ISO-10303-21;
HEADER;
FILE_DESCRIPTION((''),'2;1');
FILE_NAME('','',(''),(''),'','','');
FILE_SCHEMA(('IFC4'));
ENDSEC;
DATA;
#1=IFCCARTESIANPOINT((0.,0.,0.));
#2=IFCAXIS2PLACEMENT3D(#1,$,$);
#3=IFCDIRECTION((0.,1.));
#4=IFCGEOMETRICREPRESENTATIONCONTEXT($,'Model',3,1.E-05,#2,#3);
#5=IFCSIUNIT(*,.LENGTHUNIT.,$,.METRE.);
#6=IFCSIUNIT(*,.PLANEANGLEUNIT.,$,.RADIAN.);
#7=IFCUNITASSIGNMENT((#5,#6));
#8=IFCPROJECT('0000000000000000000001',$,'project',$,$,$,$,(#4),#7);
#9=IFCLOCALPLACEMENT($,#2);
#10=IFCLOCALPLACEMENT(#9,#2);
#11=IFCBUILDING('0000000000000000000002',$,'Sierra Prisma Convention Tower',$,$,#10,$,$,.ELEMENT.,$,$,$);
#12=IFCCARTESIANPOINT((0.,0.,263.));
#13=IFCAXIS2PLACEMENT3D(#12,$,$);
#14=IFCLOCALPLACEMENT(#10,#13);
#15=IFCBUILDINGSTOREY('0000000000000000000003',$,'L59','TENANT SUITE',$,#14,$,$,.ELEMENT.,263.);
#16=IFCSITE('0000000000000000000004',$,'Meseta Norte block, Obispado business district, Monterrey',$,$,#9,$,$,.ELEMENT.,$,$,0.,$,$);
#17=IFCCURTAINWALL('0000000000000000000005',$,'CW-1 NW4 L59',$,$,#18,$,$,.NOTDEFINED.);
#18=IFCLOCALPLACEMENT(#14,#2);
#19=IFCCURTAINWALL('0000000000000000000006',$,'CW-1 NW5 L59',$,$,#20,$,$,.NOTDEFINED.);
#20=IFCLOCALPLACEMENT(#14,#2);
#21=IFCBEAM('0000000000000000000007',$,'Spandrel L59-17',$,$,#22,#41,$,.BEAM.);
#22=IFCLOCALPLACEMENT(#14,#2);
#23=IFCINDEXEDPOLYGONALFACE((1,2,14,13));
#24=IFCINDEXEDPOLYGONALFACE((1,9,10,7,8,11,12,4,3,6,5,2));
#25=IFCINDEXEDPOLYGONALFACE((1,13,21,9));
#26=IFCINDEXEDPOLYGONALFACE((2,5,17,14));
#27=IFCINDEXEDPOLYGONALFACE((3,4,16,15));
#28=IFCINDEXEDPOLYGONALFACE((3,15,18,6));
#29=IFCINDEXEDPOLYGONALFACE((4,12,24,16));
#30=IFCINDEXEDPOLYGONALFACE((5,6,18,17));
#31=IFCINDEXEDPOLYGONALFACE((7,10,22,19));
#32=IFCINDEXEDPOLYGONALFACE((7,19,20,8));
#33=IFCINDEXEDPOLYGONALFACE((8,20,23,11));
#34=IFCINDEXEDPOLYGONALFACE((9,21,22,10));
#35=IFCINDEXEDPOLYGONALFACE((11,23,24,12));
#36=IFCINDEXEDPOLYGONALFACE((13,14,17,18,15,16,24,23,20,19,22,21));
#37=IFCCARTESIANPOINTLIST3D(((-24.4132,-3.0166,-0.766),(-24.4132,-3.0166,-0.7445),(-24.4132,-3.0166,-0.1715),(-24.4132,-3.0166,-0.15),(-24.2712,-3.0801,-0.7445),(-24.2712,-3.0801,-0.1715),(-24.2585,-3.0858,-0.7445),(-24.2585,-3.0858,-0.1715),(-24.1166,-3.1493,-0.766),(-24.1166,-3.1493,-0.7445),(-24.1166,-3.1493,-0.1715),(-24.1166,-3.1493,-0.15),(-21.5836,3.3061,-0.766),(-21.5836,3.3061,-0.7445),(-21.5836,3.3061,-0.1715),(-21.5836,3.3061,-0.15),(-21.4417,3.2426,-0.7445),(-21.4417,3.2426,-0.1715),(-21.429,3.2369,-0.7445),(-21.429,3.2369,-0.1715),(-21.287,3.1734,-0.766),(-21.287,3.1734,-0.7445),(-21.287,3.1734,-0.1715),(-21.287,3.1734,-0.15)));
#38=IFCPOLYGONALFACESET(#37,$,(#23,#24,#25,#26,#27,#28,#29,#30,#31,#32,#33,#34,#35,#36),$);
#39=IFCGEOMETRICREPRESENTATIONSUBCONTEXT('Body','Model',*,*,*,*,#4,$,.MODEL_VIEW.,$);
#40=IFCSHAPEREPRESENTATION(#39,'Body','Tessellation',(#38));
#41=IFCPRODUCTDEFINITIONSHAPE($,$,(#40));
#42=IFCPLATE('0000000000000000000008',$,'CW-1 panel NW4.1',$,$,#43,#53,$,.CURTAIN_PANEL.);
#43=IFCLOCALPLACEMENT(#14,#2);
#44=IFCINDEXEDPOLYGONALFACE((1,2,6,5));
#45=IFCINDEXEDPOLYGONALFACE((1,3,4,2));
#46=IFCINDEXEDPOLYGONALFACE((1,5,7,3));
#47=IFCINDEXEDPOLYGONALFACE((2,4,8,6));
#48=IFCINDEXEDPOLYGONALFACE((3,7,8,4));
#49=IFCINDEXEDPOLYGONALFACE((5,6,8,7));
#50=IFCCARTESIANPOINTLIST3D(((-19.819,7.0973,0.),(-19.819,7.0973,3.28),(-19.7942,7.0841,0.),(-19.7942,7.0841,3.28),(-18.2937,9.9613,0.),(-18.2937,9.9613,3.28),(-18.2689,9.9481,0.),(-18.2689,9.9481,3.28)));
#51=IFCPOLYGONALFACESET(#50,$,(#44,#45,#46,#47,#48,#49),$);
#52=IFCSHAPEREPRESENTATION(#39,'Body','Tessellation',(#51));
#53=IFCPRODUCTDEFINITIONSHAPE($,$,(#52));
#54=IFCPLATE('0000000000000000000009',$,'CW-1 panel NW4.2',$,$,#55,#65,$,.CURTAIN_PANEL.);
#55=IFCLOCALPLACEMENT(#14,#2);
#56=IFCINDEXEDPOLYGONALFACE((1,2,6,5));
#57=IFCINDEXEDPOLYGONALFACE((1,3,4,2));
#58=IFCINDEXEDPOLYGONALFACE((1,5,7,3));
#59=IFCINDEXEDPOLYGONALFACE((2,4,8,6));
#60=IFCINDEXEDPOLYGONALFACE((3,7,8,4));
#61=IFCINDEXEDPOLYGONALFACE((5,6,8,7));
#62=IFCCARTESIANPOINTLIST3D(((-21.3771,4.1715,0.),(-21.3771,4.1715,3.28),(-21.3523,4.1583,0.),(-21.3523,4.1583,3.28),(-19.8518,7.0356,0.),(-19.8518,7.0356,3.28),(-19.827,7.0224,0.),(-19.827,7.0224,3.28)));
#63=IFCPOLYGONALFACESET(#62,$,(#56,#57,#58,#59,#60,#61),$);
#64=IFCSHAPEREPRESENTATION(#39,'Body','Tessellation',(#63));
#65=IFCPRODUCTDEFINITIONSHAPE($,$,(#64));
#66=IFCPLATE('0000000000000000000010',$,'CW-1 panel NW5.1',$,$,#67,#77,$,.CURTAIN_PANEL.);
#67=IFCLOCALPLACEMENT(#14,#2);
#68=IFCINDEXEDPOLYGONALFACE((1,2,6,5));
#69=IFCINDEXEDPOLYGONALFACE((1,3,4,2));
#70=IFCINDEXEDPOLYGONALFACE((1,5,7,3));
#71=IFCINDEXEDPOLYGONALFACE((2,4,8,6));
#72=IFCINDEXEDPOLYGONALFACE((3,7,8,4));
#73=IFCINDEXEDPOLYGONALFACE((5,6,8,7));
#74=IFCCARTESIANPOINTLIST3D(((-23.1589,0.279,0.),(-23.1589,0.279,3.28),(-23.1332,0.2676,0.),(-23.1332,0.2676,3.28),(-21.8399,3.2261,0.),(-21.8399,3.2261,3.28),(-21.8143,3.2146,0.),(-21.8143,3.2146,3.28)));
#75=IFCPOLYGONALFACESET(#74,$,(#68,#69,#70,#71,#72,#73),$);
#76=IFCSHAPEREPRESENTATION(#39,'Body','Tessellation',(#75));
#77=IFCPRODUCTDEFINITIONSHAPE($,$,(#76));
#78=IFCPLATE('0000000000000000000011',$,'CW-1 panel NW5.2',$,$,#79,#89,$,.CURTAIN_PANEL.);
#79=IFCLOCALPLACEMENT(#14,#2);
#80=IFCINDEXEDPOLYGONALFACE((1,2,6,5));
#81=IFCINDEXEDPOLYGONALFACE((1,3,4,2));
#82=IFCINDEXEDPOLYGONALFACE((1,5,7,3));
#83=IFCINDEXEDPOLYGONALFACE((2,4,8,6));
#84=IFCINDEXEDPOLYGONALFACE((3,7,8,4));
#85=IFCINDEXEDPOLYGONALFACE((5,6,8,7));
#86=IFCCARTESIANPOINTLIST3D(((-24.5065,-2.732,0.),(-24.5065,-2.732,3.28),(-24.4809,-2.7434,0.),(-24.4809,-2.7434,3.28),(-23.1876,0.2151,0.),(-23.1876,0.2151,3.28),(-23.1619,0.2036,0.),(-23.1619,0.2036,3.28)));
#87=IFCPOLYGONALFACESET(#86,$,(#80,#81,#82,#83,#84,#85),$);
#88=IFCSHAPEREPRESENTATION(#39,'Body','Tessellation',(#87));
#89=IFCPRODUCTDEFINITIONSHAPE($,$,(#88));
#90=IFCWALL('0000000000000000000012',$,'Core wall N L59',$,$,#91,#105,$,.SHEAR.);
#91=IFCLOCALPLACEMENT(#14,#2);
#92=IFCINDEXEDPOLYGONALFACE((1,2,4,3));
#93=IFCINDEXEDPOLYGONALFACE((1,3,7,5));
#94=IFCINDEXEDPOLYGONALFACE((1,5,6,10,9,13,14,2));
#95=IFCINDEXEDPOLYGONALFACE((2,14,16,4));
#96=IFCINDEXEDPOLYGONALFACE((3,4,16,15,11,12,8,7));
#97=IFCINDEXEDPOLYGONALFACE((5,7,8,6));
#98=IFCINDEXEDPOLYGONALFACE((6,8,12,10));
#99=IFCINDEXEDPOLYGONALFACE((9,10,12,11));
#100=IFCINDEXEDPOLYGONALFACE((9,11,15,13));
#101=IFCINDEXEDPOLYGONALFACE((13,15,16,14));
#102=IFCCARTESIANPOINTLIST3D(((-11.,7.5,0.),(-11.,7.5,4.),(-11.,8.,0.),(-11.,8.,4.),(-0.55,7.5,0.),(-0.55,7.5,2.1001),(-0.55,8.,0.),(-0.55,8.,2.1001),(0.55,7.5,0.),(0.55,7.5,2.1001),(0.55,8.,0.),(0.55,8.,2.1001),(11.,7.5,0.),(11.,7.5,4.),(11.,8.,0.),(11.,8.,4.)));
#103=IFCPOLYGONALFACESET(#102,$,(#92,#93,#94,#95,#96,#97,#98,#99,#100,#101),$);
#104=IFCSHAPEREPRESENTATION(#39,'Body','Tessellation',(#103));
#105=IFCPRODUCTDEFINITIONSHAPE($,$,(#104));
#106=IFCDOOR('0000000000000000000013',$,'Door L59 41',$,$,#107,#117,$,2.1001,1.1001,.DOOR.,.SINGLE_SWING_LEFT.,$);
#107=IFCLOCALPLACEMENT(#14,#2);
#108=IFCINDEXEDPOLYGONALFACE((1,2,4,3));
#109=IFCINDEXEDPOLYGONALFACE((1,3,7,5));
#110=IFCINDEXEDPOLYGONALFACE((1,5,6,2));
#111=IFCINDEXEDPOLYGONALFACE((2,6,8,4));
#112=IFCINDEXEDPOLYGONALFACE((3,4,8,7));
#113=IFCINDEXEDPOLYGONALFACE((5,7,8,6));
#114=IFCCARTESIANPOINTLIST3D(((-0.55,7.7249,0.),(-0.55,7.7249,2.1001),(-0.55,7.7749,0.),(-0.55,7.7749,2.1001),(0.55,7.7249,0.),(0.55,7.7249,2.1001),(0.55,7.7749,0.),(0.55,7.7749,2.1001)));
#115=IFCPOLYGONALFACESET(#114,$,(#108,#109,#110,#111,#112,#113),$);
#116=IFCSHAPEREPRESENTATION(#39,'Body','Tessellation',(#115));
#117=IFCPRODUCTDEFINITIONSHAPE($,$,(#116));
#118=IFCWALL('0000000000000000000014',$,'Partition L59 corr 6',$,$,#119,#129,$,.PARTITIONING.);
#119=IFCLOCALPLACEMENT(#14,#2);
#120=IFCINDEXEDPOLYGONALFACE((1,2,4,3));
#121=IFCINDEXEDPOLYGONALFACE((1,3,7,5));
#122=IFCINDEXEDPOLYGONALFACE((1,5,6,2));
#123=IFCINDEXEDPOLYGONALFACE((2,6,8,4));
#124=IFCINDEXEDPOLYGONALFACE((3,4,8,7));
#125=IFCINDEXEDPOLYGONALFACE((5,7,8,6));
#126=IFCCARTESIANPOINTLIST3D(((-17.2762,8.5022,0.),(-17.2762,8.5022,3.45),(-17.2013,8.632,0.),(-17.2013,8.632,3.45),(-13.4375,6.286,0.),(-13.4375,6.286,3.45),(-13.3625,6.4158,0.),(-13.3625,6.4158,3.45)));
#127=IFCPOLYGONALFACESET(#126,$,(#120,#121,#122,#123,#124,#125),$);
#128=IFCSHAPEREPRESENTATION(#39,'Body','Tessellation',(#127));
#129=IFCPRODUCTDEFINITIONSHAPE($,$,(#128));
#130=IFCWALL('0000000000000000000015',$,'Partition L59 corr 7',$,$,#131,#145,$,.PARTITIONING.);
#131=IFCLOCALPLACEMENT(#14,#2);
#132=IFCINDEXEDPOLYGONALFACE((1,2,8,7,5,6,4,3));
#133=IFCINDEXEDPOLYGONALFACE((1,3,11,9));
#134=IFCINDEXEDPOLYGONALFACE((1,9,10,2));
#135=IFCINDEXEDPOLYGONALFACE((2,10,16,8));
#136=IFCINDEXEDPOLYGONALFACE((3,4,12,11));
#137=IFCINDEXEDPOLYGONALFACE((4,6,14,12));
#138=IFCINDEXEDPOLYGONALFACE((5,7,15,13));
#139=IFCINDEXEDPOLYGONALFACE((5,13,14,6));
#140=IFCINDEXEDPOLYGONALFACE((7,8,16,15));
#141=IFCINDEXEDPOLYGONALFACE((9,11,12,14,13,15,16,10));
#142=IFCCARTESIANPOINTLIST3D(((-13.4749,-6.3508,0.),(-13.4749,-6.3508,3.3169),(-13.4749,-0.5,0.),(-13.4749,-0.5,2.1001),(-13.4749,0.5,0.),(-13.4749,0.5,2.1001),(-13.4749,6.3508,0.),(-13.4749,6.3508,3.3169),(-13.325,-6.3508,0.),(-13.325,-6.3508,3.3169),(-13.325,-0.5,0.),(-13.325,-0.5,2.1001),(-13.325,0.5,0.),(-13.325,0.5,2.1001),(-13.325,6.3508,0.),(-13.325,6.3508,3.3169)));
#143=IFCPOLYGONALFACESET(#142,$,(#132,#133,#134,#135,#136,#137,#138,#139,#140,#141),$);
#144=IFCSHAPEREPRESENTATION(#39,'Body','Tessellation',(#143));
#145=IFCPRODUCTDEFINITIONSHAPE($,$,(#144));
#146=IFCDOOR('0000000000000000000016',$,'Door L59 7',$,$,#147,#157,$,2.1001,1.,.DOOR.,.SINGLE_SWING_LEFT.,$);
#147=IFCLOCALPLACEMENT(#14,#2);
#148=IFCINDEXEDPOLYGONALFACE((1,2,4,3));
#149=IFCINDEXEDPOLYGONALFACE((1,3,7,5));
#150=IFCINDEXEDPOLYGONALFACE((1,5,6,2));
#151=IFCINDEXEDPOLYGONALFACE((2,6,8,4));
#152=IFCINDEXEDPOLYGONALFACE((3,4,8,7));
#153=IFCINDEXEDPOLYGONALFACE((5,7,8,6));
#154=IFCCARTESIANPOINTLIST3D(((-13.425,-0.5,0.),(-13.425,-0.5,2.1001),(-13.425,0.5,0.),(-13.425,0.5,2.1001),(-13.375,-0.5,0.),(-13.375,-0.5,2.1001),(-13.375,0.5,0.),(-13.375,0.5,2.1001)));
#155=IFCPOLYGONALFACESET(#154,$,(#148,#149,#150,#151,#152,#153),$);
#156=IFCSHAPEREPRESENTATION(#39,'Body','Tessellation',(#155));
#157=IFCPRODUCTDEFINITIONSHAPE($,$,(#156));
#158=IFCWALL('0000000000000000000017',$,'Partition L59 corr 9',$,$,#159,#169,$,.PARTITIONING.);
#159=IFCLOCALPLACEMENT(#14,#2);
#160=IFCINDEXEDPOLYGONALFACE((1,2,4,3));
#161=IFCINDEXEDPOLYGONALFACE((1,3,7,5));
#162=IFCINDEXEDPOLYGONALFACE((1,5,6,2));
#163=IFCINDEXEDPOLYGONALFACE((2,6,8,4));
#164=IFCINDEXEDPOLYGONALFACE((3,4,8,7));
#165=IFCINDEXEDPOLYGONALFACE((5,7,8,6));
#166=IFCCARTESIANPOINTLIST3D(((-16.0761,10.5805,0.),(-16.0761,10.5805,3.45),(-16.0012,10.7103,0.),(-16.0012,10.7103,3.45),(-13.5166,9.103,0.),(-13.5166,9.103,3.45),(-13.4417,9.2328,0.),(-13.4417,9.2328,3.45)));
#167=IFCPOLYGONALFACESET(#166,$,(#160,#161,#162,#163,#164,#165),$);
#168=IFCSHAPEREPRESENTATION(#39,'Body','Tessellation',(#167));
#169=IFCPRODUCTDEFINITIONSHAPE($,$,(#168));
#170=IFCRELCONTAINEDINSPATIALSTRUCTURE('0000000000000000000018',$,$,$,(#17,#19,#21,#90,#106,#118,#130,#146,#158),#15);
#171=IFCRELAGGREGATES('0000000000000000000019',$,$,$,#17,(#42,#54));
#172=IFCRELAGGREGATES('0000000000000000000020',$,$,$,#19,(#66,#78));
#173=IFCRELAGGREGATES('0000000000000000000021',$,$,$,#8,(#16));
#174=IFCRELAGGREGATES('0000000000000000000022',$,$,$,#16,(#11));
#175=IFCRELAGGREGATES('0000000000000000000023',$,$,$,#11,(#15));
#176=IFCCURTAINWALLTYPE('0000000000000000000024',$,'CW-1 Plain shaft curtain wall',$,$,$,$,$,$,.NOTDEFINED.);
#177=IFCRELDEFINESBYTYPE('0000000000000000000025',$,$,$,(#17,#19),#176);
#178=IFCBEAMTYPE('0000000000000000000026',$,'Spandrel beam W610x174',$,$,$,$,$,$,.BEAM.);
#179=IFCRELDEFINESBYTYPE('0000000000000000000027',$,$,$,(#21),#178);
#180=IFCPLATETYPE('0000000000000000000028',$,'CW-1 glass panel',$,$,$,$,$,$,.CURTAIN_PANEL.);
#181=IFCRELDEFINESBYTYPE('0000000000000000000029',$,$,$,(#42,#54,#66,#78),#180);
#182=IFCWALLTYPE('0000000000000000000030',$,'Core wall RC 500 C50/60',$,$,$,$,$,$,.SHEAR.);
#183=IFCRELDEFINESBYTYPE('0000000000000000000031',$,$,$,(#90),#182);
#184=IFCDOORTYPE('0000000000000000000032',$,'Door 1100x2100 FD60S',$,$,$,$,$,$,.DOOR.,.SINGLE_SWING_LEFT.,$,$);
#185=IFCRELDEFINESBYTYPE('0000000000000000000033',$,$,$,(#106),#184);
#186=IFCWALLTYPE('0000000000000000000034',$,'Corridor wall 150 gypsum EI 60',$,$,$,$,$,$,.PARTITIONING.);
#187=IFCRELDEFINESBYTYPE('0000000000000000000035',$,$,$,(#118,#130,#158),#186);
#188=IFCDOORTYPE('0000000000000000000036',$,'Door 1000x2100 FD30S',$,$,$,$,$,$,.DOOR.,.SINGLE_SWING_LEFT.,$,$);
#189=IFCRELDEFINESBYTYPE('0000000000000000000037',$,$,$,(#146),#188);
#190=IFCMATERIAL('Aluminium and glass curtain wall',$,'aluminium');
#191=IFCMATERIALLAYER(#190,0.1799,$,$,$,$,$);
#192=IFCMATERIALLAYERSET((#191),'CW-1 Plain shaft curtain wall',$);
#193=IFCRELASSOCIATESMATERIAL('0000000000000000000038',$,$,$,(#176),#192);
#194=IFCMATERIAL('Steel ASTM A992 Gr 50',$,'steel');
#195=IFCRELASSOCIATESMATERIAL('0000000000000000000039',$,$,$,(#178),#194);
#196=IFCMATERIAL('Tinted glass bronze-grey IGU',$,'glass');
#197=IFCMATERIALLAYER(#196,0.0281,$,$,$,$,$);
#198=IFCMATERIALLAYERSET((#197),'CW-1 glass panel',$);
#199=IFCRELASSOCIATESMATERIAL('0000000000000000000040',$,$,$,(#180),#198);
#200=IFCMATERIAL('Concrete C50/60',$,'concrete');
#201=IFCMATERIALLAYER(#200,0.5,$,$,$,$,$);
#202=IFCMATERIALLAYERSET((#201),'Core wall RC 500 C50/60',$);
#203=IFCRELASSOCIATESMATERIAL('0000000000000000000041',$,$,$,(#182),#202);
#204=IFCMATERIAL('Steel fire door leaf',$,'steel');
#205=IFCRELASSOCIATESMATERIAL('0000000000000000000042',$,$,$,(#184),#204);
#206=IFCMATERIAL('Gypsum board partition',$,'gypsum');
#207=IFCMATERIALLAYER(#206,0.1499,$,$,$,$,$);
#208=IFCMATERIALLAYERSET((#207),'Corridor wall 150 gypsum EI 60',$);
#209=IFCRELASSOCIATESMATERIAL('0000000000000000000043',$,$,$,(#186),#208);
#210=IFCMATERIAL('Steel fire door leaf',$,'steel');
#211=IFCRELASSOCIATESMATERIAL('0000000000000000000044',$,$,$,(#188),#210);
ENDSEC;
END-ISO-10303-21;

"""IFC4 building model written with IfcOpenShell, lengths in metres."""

from ifc_helpers import new_model, si_unit, direction, frame, frame_2d, origin, origin_2d, place, context, subcontext, project, spatial, rectangle, i_section, extrude, material, layer, layer_set, material_profile, profile_set, type_object, element, fill, aggregate, save


model = new_model("IFC4")

# Units and contexts
model_context = context("Model", 3, precision=1e-05, world=origin(), true_north=direction((0.0, 1.0)))
body_context = subcontext(model_context, "Body", "Model", "MODEL_VIEW")
ifc_project = project(units=[si_unit("LENGTHUNIT", "METRE"), si_unit("PLANEANGLEUNIT", "RADIAN")], contexts=[model_context])

# Site, building, storey
site_placement = place(None, origin())
site = spatial("IfcSite", under=ifc_project, at=site_placement, Name="Meseta Norte block, Obispado business district, Monterrey", CompositionType="ELEMENT", RefElevation=0.0)
building_placement = place(site_placement, origin())
building = spatial("IfcBuilding", under=site, at=building_placement, Name="Sierra Prisma Convention Tower", CompositionType="ELEMENT")
storey_placement = place(building_placement, frame((0.0, 0.0, 263.0)))
storey = spatial("IfcBuildingStorey", under=building, at=storey_placement, Name="L59", Description="TENANT SUITE", CompositionType="ELEMENT", Elevation=263.0)

# Curtain wall
ifc_material_1 = material(Name="Aluminium and glass curtain wall", Category="aluminium")
ifc_layer_1 = layer(ifc_material_1, 0.1799)
ifc_layer_set_1 = layer_set([ifc_layer_1], Name="CW-1 Plain shaft curtain wall")
curtain_wall_type = type_object("IfcCurtainWallType", Name="CW-1 Plain shaft curtain wall", PredefinedType="NOTDEFINED", material=ifc_layer_set_1)
curtain_wall_1_placement = place(storey_placement, origin())
curtain_wall_1 = element("IfcCurtainWall", 1, at=curtain_wall_1_placement, inside=storey, type_object=curtain_wall_type, Name="CW-1 NW4 L59", PredefinedType="NOTDEFINED")

# Curtain wall
curtain_wall_2_placement = place(storey_placement, origin())
curtain_wall_2 = element("IfcCurtainWall", 2, at=curtain_wall_2_placement, inside=storey, type_object=curtain_wall_type, Name="CW-1 NW5 L59", PredefinedType="NOTDEFINED")

# Beam
ifc_material_2 = material(Name="Steel ASTM A992 Gr 50", Category="steel")
ifc_material_profile_1 = material_profile(ifc_material_2, i_section(OverallWidth=0.325, OverallDepth=0.616, WebThickness=0.0139, FlangeThickness=0.0215, at=origin_2d()), Name="W610x174")
ifc_profile_set_1 = profile_set([ifc_material_profile_1], Name="Steel ASTM A992 Gr 50")
beam_type_1 = type_object("IfcBeamType", Name="Spandrel beam W610x174", PredefinedType="BEAM", material=ifc_profile_set_1)
beam_1_placement = place(storey_placement, frame((-21.4353, 3.2397, -0.458), z_axis=(-0.408485, -0.912765, 0.0), x_axis=(0.912765, -0.408485, 0.0)))
element("IfcBeam", 3, at=beam_1_placement, inside=storey, type_object=beam_type_1, Name="Spandrel L59-17", PredefinedType="BEAM", context=body_context, shape_type="SweptSolid", body=[
    extrude(i_section(OverallWidth=0.325, OverallDepth=0.616, WebThickness=0.0139, FlangeThickness=0.0215, at=origin_2d()), origin(), (0.0, 0.0, 1.0), 6.927),
])

# Plates
ifc_material_3 = material(Name="Tinted glass bronze-grey IGU", Category="glass")
ifc_layer_2 = layer(ifc_material_3, 0.0281)
ifc_layer_set_2 = layer_set([ifc_layer_2], Name="CW-1 glass panel")
plate_type = type_object("IfcPlateType", Name="CW-1 glass panel", PredefinedType="CURTAIN_PANEL", material=ifc_layer_set_2)
plate_1_placement = place(storey_placement, frame((-19.0439, 8.5227, 0.0), z_axis=(0.0, 0.0, 1.0), x_axis=(-0.470043, -0.882644, 0.0)))
plate_1 = element("IfcPlate", 4, at=plate_1_placement, type_object=plate_type, Name="CW-1 panel NW4.1", PredefinedType="CURTAIN_PANEL", context=body_context, shape_type="SweptSolid", body=[
    extrude(rectangle(XDim=3.2449, YDim=0.0281, at=origin_2d()), origin(), (0.0, 0.0, 1.0), 3.28),
])
plate_2_placement = place(storey_placement, frame((-20.6021, 5.5969, 0.0), z_axis=(0.0, 0.0, 1.0), x_axis=(-0.470043, -0.882644, 0.0)))
plate_2 = element("IfcPlate", 5, at=plate_2_placement, type_object=plate_type, Name="CW-1 panel NW4.2", PredefinedType="CURTAIN_PANEL", context=body_context, shape_type="SweptSolid", body=[
    extrude(rectangle(XDim=3.2449, YDim=0.0281, at=origin_2d()), origin(), (0.0, 0.0, 1.0), 3.28),
])
aggregate(curtain_wall_1, [plate_1, plate_2])
plate_3_placement = place(storey_placement, frame((-22.4866, 1.7468, 0.0), z_axis=(0.0, 0.0, 1.0), x_axis=(-0.408509, -0.912754, 0.0)))
plate_3 = element("IfcPlate", 6, at=plate_3_placement, type_object=plate_type, Name="CW-1 panel NW5.1", PredefinedType="CURTAIN_PANEL", context=body_context, shape_type="SweptSolid", body=[
    extrude(rectangle(XDim=3.2288, YDim=0.0281, at=origin_2d()), origin(), (0.0, 0.0, 1.0), 3.28),
])
plate_4_placement = place(storey_placement, frame((-23.8342, -1.2642, 0.0), z_axis=(0.0, 0.0, 1.0), x_axis=(-0.408509, -0.912754, 0.0)))
plate_4 = element("IfcPlate", 7, at=plate_4_placement, type_object=plate_type, Name="CW-1 panel NW5.2", PredefinedType="CURTAIN_PANEL", context=body_context, shape_type="SweptSolid", body=[
    extrude(rectangle(XDim=3.2288, YDim=0.0281, at=origin_2d()), origin(), (0.0, 0.0, 1.0), 3.28),
])
aggregate(curtain_wall_2, [plate_3, plate_4])

# Wall, opening, door
ifc_material_4 = material(Name="Concrete C50/60", Category="concrete")
ifc_layer_3 = layer(ifc_material_4, 0.5)
ifc_layer_set_3 = layer_set([ifc_layer_3], Name="Core wall RC 500 C50/60")
wall_type_1 = type_object("IfcWallType", Name="Core wall RC 500 C50/60", PredefinedType="SHEAR", material=ifc_layer_set_3)
wall_1_placement = place(storey_placement, frame((-11.0, 7.75, 0.0), z_axis=(0.0, 0.0, 1.0), x_axis=(1.0, 0.0, 0.0)))
wall_1 = element("IfcWall", 8, at=wall_1_placement, inside=storey, type_object=wall_type_1, Name="Core wall N L59", PredefinedType="SHEAR", context=body_context, shape_type="SweptSolid", body=[
    extrude(rectangle(XDim=22.0, YDim=0.5, at=frame_2d((11.0, 0.0))), origin(), (0.0, 0.0, 1.0), 4.0),
])
opening_1_placement = place(wall_1_placement, frame((10.45, 0.0, 0.0)))
opening_1 = element("IfcOpeningElement", 9, at=opening_1_placement, cuts=wall_1, PredefinedType="OPENING", context=body_context, shape_type="SweptSolid", body=[
    extrude(rectangle(XDim=1.1001, YDim=2.1001, at=frame_2d((0.55, 1.05))), frame((0.0, 0.25, 0.0), z_axis=(0.0, -1.0, 0.0), x_axis=(1.0, 0.0, 0.0)), (0.0, 0.0, 1.0), 0.5),
])
ifc_material_5 = material(Name="Steel fire door leaf", Category="steel")
door_type_1 = type_object("IfcDoorType", Name="Door 1100x2100 FD60S", OperationType="SINGLE_SWING_LEFT", PredefinedType="DOOR", material=ifc_material_5)
door_1_placement = place(opening_1_placement, origin())
door_1 = element("IfcDoor", 10, at=door_1_placement, inside=storey, type_object=door_type_1, Name="Door L59 41", OperationType="SINGLE_SWING_LEFT", OverallHeight=2.1001, OverallWidth=1.1001, PredefinedType="DOOR", context=body_context, shape_type="SweptSolid", body=[
    extrude(rectangle(XDim=1.1001, YDim=2.1001, at=frame_2d((0.55, 1.05))), frame((0.0, 0.0249, 0.0), z_axis=(0.0, -1.0, 0.0), x_axis=(1.0, 0.0, 0.0)), (0.0, 0.0, 1.0), 0.05),
])
fill(opening_1, door_1)

# Wall
ifc_material_6 = material(Name="Gypsum board partition", Category="gypsum")
ifc_layer_4 = layer(ifc_material_6, 0.1499)
ifc_layer_set_4 = layer_set([ifc_layer_4], Name="Corridor wall 150 gypsum EI 60")
wall_type_2 = type_object("IfcWallType", Name="Corridor wall 150 gypsum EI 60", PredefinedType="PARTITIONING", material=ifc_layer_set_4)
wall_2_placement = place(storey_placement, frame((-17.2388, 8.5671, 0.0), z_axis=(0.0, 0.0, 1.0), x_axis=(0.866032, -0.499989, 0.0)))
element("IfcWall", 11, at=wall_2_placement, inside=storey, type_object=wall_type_2, Name="Partition L59 corr 6", PredefinedType="PARTITIONING", context=body_context, shape_type="SweptSolid", body=[
    extrude(rectangle(XDim=4.4326, YDim=0.1499, at=frame_2d((2.2163, 0.0))), origin(), (0.0, 0.0, 1.0), 3.45),
])

# Wall, opening, door
wall_3_placement = place(storey_placement, frame((-13.3999, 6.3508, 0.0), z_axis=(0.0, 0.0, 1.0), x_axis=(0.0, -1.0, 0.0)))
wall_3 = element("IfcWall", 12, at=wall_3_placement, inside=storey, type_object=wall_type_2, Name="Partition L59 corr 7", PredefinedType="PARTITIONING", context=body_context, shape_type="SweptSolid", body=[
    extrude(rectangle(XDim=12.7017, YDim=0.1499, at=frame_2d((6.3508, 0.0))), origin(), (0.0, 0.0, 1.0), 3.3169),
])
opening_2_placement = place(wall_3_placement, frame((5.8508, 0.0, 0.0)))
opening_2 = element("IfcOpeningElement", 13, at=opening_2_placement, cuts=wall_3, PredefinedType="OPENING", context=body_context, shape_type="SweptSolid", body=[
    extrude(rectangle(XDim=1.0, YDim=2.1001, at=frame_2d((0.5, 1.05))), frame((0.0, 0.075, 0.0), z_axis=(0.0, -1.0, 0.0), x_axis=(1.0, 0.0, 0.0)), (0.0, 0.0, 1.0), 0.1499),
])
ifc_material_7 = material(Name="Steel fire door leaf", Category="steel")
door_type_2 = type_object("IfcDoorType", Name="Door 1000x2100 FD30S", OperationType="SINGLE_SWING_LEFT", PredefinedType="DOOR", material=ifc_material_7)
door_2_placement = place(opening_2_placement, origin())
door_2 = element("IfcDoor", 14, at=door_2_placement, inside=storey, type_object=door_type_2, Name="Door L59 7", OperationType="SINGLE_SWING_LEFT", OverallHeight=2.1001, OverallWidth=1.0, PredefinedType="DOOR", context=body_context, shape_type="SweptSolid", body=[
    extrude(rectangle(XDim=1.0, YDim=2.1001, at=frame_2d((0.5, 1.05))), frame((0.0, 0.0249, 0.0), z_axis=(0.0, -1.0, 0.0), x_axis=(1.0, 0.0, 0.0)), (0.0, 0.0, 1.0), 0.05),
])
fill(opening_2, door_2)

# Wall
wall_4_placement = place(storey_placement, frame((-13.4792, 9.168, 0.0), z_axis=(0.0, 0.0, 1.0), x_axis=(-0.866059, 0.499942, 0.0)))
element("IfcWall", 15, at=wall_4_placement, inside=storey, type_object=wall_type_2, Name="Partition L59 corr 9", PredefinedType="PARTITIONING", context=body_context, shape_type="SweptSolid", body=[
    extrude(rectangle(XDim=2.9553, YDim=0.1499, at=frame_2d((1.4775, 0.0))), origin(), (0.0, 0.0, 1.0), 3.45),
])

save(model, "model.ifc")
